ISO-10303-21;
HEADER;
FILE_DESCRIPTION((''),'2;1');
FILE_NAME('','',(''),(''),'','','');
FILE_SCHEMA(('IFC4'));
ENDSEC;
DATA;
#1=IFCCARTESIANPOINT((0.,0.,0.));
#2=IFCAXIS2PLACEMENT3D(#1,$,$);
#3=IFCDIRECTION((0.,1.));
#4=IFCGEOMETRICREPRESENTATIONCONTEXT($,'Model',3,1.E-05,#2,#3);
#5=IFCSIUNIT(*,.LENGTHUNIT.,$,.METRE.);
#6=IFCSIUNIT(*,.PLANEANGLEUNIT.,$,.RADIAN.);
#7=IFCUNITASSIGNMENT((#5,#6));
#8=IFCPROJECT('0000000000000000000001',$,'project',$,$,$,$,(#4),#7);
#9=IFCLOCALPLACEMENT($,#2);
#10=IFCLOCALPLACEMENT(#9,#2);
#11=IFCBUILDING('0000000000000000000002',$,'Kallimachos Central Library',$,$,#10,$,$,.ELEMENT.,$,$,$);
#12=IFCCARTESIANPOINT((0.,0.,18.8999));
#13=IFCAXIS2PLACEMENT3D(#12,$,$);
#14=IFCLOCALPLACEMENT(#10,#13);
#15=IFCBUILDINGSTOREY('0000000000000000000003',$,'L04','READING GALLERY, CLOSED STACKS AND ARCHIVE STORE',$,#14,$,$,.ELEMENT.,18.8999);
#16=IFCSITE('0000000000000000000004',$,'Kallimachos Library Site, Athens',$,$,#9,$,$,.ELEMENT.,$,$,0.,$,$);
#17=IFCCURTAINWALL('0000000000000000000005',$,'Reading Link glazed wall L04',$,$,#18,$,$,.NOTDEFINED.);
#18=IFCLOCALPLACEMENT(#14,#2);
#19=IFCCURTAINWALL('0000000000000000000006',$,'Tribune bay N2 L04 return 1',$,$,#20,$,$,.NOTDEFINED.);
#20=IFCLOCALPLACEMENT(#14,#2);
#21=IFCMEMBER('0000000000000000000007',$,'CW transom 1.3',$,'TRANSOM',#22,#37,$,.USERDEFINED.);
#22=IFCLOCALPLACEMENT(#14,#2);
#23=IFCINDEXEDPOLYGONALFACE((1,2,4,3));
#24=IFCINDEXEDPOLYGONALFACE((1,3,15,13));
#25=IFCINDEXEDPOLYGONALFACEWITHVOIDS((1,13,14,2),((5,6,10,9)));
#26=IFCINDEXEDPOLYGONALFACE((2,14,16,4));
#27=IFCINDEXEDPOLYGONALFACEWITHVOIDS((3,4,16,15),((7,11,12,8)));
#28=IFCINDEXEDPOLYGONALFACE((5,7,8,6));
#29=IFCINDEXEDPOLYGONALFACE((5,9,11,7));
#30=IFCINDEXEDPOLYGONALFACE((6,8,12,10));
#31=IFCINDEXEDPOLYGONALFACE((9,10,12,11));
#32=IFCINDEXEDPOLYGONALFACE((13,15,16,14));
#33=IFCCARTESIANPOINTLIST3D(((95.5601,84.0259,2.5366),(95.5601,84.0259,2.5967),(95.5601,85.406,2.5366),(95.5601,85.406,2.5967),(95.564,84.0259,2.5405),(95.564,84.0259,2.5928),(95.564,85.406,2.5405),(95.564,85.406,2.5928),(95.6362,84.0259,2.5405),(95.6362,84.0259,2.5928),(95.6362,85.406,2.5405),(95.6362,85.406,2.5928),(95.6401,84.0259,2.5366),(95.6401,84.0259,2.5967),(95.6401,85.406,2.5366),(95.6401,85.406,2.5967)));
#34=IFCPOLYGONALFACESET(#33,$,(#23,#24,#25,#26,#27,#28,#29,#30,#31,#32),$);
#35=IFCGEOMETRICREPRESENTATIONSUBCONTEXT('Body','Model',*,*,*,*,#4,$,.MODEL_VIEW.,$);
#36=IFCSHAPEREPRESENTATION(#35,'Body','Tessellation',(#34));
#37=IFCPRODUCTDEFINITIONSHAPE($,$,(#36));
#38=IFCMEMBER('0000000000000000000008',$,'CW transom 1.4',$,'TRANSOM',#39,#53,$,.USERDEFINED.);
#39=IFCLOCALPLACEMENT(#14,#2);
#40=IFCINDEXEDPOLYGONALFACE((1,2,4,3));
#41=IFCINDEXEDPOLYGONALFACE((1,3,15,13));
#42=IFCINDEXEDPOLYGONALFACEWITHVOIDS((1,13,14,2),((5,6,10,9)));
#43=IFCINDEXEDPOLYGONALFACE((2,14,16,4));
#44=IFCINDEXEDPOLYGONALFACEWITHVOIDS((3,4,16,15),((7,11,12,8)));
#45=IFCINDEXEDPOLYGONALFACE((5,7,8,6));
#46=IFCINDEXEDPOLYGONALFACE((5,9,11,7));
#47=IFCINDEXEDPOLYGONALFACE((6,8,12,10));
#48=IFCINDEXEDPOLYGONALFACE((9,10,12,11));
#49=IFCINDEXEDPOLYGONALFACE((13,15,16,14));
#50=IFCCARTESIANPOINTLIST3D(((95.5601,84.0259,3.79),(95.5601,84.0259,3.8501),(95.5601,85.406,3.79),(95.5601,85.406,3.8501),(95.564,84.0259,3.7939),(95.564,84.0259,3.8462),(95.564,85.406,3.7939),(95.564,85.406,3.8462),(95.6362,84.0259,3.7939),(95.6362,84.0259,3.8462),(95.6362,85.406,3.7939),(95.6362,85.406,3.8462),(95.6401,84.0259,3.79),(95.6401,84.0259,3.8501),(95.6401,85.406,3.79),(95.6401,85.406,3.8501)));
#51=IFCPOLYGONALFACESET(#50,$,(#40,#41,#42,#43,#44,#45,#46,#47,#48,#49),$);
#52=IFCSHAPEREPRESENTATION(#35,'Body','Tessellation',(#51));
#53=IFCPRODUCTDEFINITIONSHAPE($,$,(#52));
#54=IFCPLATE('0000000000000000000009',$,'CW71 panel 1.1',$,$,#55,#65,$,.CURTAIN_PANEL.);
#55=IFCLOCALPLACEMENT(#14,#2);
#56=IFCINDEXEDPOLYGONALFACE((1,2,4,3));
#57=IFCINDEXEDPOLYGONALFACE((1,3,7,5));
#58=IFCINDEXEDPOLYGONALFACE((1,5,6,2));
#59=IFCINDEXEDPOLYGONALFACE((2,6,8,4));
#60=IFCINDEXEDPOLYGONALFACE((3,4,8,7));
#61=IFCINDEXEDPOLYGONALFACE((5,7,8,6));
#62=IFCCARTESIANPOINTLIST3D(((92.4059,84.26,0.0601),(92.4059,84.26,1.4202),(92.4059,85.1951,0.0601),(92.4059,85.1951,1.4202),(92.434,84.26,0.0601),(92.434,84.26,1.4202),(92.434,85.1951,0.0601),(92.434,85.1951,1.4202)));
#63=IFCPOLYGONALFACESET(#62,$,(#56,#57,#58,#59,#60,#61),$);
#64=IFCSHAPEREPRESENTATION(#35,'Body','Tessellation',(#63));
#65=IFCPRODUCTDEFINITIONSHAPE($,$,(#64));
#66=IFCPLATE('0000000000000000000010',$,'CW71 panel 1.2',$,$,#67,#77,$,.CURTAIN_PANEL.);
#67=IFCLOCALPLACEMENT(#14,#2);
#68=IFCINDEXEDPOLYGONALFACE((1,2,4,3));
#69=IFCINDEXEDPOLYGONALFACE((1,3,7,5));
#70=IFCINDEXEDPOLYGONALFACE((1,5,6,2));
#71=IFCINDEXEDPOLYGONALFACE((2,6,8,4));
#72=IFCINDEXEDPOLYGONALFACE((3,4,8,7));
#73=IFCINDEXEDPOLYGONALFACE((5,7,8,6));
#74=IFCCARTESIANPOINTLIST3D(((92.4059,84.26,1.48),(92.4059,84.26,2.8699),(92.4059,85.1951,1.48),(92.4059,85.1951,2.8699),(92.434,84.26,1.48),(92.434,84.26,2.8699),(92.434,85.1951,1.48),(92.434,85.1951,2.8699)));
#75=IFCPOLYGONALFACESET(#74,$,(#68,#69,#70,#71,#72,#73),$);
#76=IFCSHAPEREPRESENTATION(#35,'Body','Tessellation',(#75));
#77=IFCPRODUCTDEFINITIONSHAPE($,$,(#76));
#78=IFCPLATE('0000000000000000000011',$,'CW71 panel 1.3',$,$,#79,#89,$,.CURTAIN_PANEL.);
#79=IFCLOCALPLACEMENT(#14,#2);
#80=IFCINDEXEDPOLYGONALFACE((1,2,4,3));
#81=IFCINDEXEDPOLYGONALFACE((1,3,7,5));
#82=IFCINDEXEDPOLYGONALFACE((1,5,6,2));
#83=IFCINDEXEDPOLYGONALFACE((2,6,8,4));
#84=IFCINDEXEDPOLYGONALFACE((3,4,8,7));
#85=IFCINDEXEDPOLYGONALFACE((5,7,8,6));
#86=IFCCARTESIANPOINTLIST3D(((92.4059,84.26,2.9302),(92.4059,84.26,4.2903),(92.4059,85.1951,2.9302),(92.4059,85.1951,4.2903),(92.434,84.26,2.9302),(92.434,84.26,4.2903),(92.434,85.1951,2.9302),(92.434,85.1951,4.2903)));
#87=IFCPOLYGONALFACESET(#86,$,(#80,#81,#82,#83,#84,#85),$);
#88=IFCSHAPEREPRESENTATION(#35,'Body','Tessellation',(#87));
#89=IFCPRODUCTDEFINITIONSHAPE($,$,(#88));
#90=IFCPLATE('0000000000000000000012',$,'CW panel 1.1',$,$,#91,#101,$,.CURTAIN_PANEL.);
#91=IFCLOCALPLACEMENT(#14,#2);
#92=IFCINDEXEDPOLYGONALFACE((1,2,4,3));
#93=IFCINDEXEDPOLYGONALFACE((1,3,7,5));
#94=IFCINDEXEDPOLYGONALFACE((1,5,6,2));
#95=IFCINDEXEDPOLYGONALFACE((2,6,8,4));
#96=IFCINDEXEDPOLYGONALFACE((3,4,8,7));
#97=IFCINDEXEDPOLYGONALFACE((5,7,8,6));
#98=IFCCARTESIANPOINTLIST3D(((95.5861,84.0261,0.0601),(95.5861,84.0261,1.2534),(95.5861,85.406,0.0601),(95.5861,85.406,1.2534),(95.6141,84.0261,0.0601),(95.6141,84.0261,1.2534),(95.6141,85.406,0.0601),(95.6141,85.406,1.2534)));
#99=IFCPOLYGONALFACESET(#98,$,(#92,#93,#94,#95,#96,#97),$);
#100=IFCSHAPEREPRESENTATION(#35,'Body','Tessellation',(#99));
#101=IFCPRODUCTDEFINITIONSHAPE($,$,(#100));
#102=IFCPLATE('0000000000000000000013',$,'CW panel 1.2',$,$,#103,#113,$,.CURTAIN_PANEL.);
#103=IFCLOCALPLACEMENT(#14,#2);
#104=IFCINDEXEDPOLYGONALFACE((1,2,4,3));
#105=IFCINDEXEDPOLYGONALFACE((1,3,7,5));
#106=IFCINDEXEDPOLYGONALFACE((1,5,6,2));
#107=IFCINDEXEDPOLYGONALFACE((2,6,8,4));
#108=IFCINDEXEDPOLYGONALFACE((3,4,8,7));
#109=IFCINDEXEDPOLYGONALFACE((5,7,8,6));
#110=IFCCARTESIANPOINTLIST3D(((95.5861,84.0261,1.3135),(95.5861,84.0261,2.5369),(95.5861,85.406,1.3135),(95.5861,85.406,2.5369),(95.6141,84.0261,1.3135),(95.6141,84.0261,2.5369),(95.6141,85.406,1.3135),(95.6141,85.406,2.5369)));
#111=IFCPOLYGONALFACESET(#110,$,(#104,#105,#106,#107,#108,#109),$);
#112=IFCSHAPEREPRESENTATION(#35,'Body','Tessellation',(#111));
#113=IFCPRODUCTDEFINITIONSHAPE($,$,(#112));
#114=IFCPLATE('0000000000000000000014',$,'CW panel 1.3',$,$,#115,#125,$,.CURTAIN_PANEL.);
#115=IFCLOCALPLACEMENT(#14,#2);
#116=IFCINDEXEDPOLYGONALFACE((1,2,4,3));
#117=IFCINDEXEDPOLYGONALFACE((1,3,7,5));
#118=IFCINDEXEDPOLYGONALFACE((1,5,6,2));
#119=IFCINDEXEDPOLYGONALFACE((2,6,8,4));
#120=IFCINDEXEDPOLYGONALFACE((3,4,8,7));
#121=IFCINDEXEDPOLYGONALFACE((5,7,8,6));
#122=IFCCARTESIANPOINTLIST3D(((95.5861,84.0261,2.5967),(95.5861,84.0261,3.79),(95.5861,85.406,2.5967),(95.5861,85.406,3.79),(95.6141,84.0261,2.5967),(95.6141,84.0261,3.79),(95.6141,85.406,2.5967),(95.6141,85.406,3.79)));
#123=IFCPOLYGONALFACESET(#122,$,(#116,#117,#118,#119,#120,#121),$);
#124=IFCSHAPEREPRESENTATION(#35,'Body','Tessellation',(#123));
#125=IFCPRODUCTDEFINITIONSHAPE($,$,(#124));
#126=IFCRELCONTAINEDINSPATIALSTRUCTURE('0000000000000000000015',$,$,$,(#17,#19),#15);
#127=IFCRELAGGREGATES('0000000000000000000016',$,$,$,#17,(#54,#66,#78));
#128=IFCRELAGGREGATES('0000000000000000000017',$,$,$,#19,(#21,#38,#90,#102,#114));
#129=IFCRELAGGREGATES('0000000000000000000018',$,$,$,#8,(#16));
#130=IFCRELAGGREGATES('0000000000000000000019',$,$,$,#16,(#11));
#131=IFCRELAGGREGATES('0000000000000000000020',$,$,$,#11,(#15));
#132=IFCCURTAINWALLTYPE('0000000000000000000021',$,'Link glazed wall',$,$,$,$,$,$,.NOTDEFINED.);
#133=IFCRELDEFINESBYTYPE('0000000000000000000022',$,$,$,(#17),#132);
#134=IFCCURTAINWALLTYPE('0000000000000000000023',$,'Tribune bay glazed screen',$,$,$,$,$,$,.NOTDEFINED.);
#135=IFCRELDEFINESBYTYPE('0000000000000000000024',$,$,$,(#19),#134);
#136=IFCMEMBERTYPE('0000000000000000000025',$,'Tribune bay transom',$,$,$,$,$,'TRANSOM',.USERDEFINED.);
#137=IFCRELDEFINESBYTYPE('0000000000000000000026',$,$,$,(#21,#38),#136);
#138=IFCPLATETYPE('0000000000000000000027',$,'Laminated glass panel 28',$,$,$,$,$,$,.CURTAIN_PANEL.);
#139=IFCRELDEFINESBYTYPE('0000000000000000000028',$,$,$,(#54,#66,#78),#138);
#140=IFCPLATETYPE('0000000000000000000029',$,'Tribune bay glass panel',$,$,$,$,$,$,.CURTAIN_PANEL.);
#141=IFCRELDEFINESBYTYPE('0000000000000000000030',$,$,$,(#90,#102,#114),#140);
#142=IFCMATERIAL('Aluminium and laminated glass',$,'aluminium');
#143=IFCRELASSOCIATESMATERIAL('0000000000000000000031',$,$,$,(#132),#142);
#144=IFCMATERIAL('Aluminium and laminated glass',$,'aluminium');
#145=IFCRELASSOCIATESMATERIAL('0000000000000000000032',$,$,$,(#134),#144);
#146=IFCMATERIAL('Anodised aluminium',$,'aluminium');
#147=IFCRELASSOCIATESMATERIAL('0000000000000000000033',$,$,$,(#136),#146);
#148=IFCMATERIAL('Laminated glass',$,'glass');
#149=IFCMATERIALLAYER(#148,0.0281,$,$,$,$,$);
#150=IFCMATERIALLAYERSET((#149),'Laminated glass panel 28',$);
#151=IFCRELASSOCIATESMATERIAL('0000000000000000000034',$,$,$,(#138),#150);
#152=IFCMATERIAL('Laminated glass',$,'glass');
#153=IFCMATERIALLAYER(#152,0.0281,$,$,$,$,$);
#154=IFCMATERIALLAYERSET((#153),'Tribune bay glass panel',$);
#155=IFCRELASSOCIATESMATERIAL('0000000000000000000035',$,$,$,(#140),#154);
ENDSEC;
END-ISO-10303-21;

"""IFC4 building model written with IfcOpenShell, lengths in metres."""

from ifc_helpers import new_model, si_unit, direction, frame, origin, origin_2d, place, context, subcontext, project, spatial, rectangle, hollow_rectangle, extrude, material, layer, layer_set, material_profile, profile_set, type_object, element, aggregate, save


model = new_model("IFC4")

# Units and contexts
model_context = context("Model", 3, precision=1e-05, world=origin(), true_north=direction((0.0, 1.0)))
body_context = subcontext(model_context, "Body", "Model", "MODEL_VIEW")
ifc_project = project(units=[si_unit("LENGTHUNIT", "METRE"), si_unit("PLANEANGLEUNIT", "RADIAN")], contexts=[model_context])

# Site, building, storey
site_placement = place(None, origin())
site = spatial("IfcSite", under=ifc_project, at=site_placement, Name="Kallimachos Library Site, Athens", CompositionType="ELEMENT", RefElevation=0.0)
building_placement = place(site_placement, origin())
building = spatial("IfcBuilding", under=site, at=building_placement, Name="Kallimachos Central Library", CompositionType="ELEMENT")
storey_placement = place(building_placement, frame((0.0, 0.0, 18.8999)))
storey = spatial("IfcBuildingStorey", under=building, at=storey_placement, Name="L04", Description="READING GALLERY, CLOSED STACKS AND ARCHIVE STORE", CompositionType="ELEMENT", Elevation=18.8999)

# Curtain wall
ifc_material_1 = material(Name="Aluminium and laminated glass", Category="aluminium")
curtain_wall_type_1 = type_object("IfcCurtainWallType", Name="Link glazed wall", PredefinedType="NOTDEFINED", material=ifc_material_1)
curtain_wall_1_placement = place(storey_placement, origin())
curtain_wall_1 = element("IfcCurtainWall", 1, at=curtain_wall_1_placement, inside=storey, type_object=curtain_wall_type_1, Name="Reading Link glazed wall L04", PredefinedType="NOTDEFINED")

# Curtain wall, members
ifc_material_2 = material(Name="Aluminium and laminated glass", Category="aluminium")
curtain_wall_type_2 = type_object("IfcCurtainWallType", Name="Tribune bay glazed screen", PredefinedType="NOTDEFINED", material=ifc_material_2)
curtain_wall_2_placement = place(storey_placement, origin())
curtain_wall_2 = element("IfcCurtainWall", 2, at=curtain_wall_2_placement, inside=storey, type_object=curtain_wall_type_2, Name="Tribune bay N2 L04 return 1", PredefinedType="NOTDEFINED")
ifc_material_3 = material(Name="Anodised aluminium", Category="aluminium")
ifc_material_profile_1 = material_profile(ifc_material_3, hollow_rectangle(XDim=0.0601, YDim=0.0801, WallThickness=0.0039, at=origin_2d()), Name="ALU TRANSOM 60x80")
ifc_profile_set_1 = profile_set([ifc_material_profile_1], Name="Anodised aluminium")
member_type_1 = type_object("IfcMemberType", Name="Tribune bay transom", ElementType="TRANSOM", PredefinedType="USERDEFINED", material=ifc_profile_set_1)
member_1_placement = place(storey_placement, frame((95.6001, 84.0259, 2.5667), z_axis=(0.0, 1.0, 0.0), x_axis=(0.0, 0.0, 1.0)))
member_1 = element("IfcMember", 3, at=member_1_placement, type_object=member_type_1, Name="CW transom 1.3", ObjectType="TRANSOM", PredefinedType="USERDEFINED", context=body_context, shape_type="SweptSolid", body=[
    extrude(hollow_rectangle(XDim=0.0601, YDim=0.0801, WallThickness=0.0039, at=origin_2d()), origin(), (0.0, 0.0, 1.0), 1.3801),
])
member_2_placement = place(storey_placement, frame((95.6001, 84.0259, 3.8201), z_axis=(0.0, 1.0, 0.0), x_axis=(0.0, 0.0, 1.0)))
member_2 = element("IfcMember", 4, at=member_2_placement, type_object=member_type_1, Name="CW transom 1.4", ObjectType="TRANSOM", PredefinedType="USERDEFINED", context=body_context, shape_type="SweptSolid", body=[
    extrude(hollow_rectangle(XDim=0.0601, YDim=0.0801, WallThickness=0.0039, at=origin_2d()), origin(), (0.0, 0.0, 1.0), 1.3801),
])

# Plates
ifc_material_4 = material(Name="Laminated glass", Category="glass")
ifc_layer_1 = layer(ifc_material_4, 0.0281)
ifc_layer_set_1 = layer_set([ifc_layer_1], Name="Laminated glass panel 28")
plate_type_1 = type_object("IfcPlateType", Name="Laminated glass panel 28", PredefinedType="CURTAIN_PANEL", material=ifc_layer_set_1)
plate_1_placement = place(storey_placement, frame((92.4199, 84.7275, 0.0601), z_axis=(0.0, 0.0, 1.0), x_axis=(0.0, 1.0, 0.0)))
plate_1 = element("IfcPlate", 5, at=plate_1_placement, type_object=plate_type_1, Name="CW71 panel 1.1", PredefinedType="CURTAIN_PANEL", context=body_context, shape_type="SweptSolid", body=[
    extrude(rectangle(XDim=0.9351, YDim=0.0281, at=origin_2d()), origin(), (0.0, 0.0, 1.0), 1.3601),
])
plate_2_placement = place(storey_placement, frame((92.4199, 84.7275, 1.48), z_axis=(0.0, 0.0, 1.0), x_axis=(0.0, 1.0, 0.0)))
plate_2 = element("IfcPlate", 6, at=plate_2_placement, type_object=plate_type_1, Name="CW71 panel 1.2", PredefinedType="CURTAIN_PANEL", context=body_context, shape_type="SweptSolid", body=[
    extrude(rectangle(XDim=0.9351, YDim=0.0281, at=origin_2d()), origin(), (0.0, 0.0, 1.0), 1.3899),
])
plate_3_placement = place(storey_placement, frame((92.4199, 84.7275, 2.9302), z_axis=(0.0, 0.0, 1.0), x_axis=(0.0, 1.0, 0.0)))
plate_3 = element("IfcPlate", 7, at=plate_3_placement, type_object=plate_type_1, Name="CW71 panel 1.3", PredefinedType="CURTAIN_PANEL", context=body_context, shape_type="SweptSolid", body=[
    extrude(rectangle(XDim=0.9351, YDim=0.0281, at=origin_2d()), origin(), (0.0, 0.0, 1.0), 1.3601),
])
aggregate(curtain_wall_1, [plate_1, plate_2, plate_3])
ifc_material_5 = material(Name="Laminated glass", Category="glass")
ifc_layer_2 = layer(ifc_material_5, 0.0281)
ifc_layer_set_2 = layer_set([ifc_layer_2], Name="Tribune bay glass panel")
plate_type_2 = type_object("IfcPlateType", Name="Tribune bay glass panel", PredefinedType="CURTAIN_PANEL", material=ifc_layer_set_2)
plate_4_placement = place(storey_placement, frame((95.6001, 84.7161, 0.0601), z_axis=(0.0, 0.0, 1.0), x_axis=(0.0, 1.0, 0.0)))
plate_4 = element("IfcPlate", 8, at=plate_4_placement, type_object=plate_type_2, Name="CW panel 1.1", PredefinedType="CURTAIN_PANEL", context=body_context, shape_type="SweptSolid", body=[
    extrude(rectangle(XDim=1.3799, YDim=0.0281, at=origin_2d()), origin(), (0.0, 0.0, 1.0), 1.1934),
])
plate_5_placement = place(storey_placement, frame((95.6001, 84.7161, 1.3135), z_axis=(0.0, 0.0, 1.0), x_axis=(0.0, 1.0, 0.0)))
plate_5 = element("IfcPlate", 9, at=plate_5_placement, type_object=plate_type_2, Name="CW panel 1.2", PredefinedType="CURTAIN_PANEL", context=body_context, shape_type="SweptSolid", body=[
    extrude(rectangle(XDim=1.3799, YDim=0.0281, at=origin_2d()), origin(), (0.0, 0.0, 1.0), 1.2234),
])
plate_6_placement = place(storey_placement, frame((95.6001, 84.7161, 2.5967), z_axis=(0.0, 0.0, 1.0), x_axis=(0.0, 1.0, 0.0)))
plate_6 = element("IfcPlate", 10, at=plate_6_placement, type_object=plate_type_2, Name="CW panel 1.3", PredefinedType="CURTAIN_PANEL", context=body_context, shape_type="SweptSolid", body=[
    extrude(rectangle(XDim=1.3799, YDim=0.0281, at=origin_2d()), origin(), (0.0, 0.0, 1.0), 1.1934),
])
aggregate(curtain_wall_2, [member_1, member_2, plate_4, plate_5, plate_6])

save(model, "model.ifc")
